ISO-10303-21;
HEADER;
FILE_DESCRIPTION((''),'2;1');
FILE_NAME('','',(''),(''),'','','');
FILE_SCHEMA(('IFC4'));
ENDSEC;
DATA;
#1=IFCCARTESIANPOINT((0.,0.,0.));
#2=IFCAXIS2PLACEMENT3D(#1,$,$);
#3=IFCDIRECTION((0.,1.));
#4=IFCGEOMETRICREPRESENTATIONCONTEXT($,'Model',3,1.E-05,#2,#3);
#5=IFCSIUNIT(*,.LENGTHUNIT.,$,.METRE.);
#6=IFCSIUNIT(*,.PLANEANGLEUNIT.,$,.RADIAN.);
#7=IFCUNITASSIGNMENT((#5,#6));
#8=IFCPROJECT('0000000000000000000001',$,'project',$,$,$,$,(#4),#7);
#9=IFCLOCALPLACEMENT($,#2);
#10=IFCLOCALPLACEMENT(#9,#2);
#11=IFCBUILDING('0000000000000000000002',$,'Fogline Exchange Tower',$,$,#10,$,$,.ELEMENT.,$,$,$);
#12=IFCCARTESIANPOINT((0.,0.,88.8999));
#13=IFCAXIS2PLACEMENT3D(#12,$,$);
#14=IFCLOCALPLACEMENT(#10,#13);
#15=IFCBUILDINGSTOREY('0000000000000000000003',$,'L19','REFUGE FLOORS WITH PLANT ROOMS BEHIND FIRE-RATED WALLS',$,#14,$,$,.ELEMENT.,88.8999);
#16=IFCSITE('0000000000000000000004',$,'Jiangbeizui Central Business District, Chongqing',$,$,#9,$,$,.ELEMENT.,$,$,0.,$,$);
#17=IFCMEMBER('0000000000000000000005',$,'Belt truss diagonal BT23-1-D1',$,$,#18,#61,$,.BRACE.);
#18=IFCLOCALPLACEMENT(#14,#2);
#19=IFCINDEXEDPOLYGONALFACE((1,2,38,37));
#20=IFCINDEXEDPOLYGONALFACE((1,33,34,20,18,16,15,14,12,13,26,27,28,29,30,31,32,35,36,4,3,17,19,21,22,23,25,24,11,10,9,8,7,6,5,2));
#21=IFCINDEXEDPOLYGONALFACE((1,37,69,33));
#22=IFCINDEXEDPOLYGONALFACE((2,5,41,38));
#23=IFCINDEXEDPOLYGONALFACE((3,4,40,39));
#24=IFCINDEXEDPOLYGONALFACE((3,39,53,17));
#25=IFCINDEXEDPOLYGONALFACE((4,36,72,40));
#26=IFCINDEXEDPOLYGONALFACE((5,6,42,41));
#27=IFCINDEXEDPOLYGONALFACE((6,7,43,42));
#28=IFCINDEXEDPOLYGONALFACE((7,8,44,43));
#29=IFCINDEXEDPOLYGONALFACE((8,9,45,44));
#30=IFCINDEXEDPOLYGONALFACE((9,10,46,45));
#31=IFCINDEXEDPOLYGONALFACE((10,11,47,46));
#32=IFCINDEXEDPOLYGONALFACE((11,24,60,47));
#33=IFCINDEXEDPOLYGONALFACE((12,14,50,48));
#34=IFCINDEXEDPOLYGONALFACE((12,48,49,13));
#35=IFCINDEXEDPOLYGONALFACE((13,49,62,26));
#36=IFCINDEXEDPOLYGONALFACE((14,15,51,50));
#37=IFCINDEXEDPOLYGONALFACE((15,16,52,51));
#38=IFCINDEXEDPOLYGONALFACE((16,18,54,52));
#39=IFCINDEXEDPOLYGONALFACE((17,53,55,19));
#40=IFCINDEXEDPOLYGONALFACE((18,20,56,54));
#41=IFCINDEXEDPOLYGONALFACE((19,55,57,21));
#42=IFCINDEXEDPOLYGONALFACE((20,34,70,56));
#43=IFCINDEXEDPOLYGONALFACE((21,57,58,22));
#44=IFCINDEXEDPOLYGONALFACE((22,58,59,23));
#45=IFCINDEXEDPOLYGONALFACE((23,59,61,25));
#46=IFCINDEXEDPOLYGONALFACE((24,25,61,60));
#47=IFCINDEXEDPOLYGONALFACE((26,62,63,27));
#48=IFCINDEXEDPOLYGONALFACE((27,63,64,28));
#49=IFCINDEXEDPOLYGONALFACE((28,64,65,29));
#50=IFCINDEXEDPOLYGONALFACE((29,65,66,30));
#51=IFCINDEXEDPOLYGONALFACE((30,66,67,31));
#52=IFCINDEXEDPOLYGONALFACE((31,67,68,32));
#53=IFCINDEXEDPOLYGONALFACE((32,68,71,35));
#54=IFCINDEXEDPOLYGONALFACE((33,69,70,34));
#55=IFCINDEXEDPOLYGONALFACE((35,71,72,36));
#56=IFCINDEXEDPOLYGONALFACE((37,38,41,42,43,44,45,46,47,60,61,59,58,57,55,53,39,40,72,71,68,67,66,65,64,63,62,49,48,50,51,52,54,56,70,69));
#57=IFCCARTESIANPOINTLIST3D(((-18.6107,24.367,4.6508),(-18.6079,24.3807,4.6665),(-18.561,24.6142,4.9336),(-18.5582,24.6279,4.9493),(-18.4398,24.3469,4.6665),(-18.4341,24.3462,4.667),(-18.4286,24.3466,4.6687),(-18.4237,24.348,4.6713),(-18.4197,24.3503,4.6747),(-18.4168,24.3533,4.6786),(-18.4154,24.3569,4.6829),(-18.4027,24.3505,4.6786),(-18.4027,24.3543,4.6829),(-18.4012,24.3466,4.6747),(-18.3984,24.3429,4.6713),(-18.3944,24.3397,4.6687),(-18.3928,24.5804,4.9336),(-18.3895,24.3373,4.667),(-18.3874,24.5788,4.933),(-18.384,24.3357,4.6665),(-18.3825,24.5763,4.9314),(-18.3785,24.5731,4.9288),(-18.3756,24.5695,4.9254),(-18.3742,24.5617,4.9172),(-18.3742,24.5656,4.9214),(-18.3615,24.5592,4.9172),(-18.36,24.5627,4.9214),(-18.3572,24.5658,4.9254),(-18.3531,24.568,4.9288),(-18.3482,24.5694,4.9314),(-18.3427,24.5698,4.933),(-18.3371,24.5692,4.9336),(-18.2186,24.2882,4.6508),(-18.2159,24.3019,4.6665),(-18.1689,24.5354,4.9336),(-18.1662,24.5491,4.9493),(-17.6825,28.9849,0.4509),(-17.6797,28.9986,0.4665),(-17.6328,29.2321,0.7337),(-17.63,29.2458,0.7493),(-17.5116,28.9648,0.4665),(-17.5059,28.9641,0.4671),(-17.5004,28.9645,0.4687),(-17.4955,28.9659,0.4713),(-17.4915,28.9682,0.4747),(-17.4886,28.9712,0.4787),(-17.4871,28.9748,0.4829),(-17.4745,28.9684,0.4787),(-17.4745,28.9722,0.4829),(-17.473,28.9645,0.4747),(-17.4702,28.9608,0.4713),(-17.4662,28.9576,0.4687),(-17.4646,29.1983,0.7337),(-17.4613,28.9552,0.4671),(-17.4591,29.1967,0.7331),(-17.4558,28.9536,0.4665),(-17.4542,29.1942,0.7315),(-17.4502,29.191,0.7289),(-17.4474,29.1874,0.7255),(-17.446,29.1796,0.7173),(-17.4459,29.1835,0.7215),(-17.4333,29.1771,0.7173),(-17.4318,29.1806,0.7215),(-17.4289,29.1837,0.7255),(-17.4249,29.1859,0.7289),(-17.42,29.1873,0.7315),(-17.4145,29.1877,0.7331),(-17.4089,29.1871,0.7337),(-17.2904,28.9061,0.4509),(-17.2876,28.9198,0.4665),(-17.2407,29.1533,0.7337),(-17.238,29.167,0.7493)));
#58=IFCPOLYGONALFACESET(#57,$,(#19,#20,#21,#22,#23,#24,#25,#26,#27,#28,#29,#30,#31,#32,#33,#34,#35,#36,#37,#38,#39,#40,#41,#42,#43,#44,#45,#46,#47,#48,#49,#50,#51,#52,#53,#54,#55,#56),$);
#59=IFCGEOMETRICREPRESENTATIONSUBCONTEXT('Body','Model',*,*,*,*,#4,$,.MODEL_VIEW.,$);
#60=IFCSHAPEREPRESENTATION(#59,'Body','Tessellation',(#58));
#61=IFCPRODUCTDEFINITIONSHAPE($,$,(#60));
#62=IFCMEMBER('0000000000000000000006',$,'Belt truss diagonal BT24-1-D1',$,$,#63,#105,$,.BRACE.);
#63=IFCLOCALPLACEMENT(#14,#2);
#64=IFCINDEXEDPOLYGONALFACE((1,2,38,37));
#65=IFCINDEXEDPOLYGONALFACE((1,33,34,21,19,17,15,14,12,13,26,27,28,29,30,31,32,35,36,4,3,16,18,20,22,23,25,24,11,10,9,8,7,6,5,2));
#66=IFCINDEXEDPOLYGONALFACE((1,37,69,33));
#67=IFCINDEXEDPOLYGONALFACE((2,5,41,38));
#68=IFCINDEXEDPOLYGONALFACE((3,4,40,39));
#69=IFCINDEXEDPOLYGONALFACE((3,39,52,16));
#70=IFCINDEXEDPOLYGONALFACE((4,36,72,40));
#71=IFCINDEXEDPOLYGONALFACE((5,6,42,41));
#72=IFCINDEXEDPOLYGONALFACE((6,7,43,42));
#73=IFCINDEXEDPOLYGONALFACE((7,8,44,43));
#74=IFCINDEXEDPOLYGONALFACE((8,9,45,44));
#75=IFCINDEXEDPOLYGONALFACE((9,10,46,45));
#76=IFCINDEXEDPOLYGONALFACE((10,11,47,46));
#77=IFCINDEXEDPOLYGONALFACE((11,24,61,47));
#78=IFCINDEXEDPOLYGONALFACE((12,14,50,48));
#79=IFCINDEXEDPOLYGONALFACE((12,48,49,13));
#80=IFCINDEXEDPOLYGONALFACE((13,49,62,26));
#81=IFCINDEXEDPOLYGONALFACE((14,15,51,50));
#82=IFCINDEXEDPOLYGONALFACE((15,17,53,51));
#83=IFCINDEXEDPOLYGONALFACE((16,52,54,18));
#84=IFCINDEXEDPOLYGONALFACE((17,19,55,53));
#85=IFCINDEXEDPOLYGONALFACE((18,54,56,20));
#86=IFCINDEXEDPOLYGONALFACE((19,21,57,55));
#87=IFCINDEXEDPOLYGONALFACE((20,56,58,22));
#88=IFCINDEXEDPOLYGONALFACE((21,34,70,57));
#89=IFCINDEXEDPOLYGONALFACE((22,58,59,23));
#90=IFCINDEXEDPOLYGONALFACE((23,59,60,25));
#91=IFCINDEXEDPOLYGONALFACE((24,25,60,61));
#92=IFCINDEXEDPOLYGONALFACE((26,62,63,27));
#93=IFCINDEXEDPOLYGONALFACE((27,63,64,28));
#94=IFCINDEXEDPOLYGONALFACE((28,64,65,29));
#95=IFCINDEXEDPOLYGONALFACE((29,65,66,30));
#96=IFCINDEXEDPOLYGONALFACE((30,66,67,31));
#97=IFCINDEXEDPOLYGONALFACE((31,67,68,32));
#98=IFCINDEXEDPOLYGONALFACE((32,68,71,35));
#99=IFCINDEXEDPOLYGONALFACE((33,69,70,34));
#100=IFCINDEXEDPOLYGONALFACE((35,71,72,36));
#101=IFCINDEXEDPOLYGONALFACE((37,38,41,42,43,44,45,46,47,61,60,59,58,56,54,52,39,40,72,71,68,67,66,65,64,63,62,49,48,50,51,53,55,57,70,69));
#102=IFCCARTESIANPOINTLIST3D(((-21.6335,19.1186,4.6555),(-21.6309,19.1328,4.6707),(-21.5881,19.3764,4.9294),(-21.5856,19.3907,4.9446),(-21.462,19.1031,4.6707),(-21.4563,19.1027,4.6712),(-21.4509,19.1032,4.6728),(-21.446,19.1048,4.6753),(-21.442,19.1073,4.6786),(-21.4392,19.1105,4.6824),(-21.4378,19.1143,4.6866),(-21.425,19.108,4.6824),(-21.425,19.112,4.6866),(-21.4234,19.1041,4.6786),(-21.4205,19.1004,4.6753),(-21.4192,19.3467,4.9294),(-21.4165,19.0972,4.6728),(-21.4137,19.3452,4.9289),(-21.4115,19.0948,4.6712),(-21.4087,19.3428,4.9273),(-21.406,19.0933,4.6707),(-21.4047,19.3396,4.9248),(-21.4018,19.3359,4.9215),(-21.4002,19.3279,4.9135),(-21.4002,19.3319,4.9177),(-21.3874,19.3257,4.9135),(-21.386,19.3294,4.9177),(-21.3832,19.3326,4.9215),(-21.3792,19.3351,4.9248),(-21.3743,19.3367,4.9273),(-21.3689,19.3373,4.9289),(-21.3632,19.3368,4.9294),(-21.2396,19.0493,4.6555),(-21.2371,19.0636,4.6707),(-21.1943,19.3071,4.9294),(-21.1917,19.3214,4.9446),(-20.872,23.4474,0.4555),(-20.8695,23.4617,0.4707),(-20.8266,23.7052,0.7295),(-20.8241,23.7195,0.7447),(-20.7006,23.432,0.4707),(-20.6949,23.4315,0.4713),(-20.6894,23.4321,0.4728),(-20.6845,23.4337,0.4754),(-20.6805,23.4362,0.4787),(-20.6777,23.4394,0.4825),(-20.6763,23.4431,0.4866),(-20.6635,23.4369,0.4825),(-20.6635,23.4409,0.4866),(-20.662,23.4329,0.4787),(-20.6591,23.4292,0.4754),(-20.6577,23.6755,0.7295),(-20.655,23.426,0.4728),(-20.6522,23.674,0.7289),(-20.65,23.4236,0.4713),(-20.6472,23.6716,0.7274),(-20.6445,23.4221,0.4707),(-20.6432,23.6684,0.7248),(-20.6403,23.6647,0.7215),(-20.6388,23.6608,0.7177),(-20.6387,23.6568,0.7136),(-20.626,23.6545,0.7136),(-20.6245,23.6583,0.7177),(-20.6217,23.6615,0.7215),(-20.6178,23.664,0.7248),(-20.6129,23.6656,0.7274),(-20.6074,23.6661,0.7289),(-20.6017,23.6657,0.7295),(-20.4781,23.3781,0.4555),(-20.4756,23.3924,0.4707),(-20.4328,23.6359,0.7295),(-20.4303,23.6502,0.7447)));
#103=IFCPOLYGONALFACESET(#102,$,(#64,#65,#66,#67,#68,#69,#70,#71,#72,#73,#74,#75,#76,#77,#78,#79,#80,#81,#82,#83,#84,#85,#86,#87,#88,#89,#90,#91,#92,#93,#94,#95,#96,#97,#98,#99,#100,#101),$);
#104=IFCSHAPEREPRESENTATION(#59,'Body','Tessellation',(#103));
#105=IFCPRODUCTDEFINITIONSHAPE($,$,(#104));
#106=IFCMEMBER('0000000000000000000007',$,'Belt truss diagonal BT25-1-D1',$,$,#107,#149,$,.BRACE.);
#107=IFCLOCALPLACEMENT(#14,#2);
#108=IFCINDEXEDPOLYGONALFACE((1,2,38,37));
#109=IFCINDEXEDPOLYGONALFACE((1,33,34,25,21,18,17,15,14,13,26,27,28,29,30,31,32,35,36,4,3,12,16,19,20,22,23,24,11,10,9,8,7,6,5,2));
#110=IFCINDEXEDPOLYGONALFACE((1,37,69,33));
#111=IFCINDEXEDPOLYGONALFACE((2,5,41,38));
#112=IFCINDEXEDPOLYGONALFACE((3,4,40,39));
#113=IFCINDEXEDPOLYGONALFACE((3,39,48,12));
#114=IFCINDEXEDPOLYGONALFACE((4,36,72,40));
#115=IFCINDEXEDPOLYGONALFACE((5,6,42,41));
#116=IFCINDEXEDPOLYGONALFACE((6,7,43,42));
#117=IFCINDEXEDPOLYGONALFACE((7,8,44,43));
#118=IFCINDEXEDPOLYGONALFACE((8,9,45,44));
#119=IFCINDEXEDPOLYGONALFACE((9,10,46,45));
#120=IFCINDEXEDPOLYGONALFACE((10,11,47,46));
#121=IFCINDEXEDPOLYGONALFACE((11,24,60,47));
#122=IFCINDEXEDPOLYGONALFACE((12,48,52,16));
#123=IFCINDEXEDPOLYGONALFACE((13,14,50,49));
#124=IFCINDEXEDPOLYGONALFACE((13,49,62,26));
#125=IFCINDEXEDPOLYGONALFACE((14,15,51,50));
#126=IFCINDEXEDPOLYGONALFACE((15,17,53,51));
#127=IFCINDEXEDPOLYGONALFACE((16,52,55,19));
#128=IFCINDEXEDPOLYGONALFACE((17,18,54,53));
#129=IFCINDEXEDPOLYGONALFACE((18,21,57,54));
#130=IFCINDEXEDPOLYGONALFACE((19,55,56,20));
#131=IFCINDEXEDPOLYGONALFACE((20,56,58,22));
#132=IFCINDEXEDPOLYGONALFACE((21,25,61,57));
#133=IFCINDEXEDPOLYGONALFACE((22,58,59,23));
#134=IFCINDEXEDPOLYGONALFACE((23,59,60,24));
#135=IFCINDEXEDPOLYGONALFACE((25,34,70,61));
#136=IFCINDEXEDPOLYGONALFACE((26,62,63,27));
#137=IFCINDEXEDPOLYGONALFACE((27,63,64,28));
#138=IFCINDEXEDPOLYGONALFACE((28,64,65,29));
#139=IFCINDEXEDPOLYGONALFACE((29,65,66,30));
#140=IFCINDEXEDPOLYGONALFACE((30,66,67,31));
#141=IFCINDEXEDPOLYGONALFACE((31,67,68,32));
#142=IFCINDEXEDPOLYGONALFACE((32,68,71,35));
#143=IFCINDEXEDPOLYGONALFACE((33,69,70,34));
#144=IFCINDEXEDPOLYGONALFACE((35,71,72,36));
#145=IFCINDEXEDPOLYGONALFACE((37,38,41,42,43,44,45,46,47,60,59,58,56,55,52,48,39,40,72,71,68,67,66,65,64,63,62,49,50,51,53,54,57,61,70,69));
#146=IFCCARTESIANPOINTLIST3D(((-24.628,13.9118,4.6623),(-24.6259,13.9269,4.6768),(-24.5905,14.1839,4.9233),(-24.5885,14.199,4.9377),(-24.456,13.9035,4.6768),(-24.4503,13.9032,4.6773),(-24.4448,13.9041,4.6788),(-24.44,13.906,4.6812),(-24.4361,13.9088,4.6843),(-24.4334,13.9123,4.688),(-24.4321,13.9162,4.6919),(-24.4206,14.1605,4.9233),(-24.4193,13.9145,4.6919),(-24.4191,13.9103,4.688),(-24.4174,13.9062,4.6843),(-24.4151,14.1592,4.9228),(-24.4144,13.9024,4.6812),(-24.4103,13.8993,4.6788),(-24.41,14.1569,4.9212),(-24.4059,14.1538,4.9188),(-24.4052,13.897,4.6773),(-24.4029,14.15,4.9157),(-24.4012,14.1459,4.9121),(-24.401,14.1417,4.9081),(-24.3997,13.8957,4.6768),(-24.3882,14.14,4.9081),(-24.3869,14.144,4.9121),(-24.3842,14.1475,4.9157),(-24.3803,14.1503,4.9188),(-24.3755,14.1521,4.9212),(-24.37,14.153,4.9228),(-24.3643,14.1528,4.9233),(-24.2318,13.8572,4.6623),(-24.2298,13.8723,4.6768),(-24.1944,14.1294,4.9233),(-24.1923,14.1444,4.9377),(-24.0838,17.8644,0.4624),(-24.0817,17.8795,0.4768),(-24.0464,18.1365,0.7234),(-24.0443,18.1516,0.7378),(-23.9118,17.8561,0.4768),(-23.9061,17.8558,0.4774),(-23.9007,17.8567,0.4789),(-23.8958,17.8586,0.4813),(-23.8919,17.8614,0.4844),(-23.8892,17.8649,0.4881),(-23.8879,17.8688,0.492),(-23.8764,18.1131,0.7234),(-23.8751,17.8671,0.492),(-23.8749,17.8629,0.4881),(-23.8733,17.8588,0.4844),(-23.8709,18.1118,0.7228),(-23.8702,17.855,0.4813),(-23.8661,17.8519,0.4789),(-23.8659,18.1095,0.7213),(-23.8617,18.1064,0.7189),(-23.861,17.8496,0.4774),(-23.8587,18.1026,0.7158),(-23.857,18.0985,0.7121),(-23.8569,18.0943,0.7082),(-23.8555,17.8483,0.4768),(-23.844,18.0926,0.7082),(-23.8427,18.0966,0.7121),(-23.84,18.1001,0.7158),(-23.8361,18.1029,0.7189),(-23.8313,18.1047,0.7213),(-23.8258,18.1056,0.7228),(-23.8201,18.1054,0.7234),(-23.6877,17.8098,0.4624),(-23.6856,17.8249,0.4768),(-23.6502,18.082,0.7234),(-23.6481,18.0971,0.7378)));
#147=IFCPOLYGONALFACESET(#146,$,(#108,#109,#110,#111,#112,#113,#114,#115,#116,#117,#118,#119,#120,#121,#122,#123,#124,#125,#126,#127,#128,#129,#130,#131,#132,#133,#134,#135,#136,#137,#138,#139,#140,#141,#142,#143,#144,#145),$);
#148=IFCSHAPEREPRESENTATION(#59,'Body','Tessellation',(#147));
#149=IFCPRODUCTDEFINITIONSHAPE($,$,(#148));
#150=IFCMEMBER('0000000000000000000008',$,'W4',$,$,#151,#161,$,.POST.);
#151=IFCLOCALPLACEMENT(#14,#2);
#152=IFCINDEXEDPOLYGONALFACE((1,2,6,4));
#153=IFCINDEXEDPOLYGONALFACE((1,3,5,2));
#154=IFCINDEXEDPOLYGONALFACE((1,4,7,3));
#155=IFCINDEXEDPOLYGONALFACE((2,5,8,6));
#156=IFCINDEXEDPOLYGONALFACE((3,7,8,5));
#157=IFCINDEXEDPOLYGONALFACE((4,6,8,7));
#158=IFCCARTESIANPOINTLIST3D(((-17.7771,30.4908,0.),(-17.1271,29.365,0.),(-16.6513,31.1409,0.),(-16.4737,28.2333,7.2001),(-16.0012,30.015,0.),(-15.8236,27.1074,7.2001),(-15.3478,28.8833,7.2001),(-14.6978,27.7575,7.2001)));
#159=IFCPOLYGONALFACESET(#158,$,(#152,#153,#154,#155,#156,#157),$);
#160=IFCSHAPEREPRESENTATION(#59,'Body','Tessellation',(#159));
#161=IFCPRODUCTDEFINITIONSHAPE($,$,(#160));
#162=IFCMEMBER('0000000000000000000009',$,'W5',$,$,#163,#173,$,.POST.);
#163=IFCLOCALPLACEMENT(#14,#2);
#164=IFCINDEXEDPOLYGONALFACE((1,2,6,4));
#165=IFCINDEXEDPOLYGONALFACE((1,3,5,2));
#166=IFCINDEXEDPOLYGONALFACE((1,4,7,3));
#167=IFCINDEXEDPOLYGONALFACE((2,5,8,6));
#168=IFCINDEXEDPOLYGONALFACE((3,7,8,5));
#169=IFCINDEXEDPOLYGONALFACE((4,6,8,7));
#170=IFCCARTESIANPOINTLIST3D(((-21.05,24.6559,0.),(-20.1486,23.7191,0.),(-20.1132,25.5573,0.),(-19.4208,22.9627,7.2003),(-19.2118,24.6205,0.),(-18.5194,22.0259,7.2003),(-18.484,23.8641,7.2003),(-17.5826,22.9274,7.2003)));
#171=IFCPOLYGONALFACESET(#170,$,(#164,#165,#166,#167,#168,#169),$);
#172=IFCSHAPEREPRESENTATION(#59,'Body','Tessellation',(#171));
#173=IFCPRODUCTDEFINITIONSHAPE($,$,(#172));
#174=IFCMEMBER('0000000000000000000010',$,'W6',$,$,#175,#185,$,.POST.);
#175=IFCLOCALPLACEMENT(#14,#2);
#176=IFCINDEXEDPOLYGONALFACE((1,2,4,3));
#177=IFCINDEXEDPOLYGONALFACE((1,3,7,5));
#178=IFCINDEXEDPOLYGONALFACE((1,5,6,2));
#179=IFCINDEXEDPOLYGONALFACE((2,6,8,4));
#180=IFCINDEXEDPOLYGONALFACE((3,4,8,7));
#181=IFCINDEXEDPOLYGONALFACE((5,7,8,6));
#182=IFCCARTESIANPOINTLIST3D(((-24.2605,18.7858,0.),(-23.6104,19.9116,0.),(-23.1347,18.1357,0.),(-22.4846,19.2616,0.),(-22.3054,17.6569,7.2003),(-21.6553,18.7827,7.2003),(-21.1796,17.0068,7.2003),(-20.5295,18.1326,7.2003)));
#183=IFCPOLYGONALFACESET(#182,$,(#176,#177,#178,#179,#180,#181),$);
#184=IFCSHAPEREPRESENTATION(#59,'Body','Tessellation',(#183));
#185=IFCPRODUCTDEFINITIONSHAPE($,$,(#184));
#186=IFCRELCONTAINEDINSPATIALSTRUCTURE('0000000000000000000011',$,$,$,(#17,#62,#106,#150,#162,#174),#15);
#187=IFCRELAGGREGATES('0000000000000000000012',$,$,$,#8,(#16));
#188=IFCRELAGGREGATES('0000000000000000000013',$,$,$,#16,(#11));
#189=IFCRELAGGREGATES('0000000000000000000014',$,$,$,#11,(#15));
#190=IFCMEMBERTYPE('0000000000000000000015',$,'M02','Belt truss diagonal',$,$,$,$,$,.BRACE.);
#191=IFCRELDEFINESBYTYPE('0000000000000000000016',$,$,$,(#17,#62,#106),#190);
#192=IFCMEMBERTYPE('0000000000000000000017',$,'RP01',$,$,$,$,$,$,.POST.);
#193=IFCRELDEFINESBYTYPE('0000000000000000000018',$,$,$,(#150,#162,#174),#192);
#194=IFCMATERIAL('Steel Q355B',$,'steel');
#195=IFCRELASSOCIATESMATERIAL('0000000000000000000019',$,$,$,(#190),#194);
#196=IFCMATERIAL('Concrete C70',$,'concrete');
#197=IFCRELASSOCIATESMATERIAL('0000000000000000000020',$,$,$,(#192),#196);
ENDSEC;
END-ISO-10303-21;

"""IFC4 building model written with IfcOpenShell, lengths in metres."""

from ifc_helpers import new_model, si_unit, direction, frame, origin, origin_2d, place, context, subcontext, project, spatial, rectangle, i_section, extrude, material, material_profile, profile_set, type_object, element, save


model = new_model("IFC4")

# Units and contexts
model_context = context("Model", 3, precision=1e-05, world=origin(), true_north=direction((0.0, 1.0)))
body_context = subcontext(model_context, "Body", "Model", "MODEL_VIEW")
ifc_project = project(units=[si_unit("LENGTHUNIT", "METRE"), si_unit("PLANEANGLEUNIT", "RADIAN")], contexts=[model_context])

# Site, building, storey
site_placement = place(None, origin())
site = spatial("IfcSite", under=ifc_project, at=site_placement, Name="Jiangbeizui Central Business District, Chongqing", CompositionType="ELEMENT", RefElevation=0.0)
building_placement = place(site_placement, origin())
building = spatial("IfcBuilding", under=site, at=building_placement, Name="Fogline Exchange Tower", CompositionType="ELEMENT")
storey_placement = place(building_placement, frame((0.0, 0.0, 88.8999)))
storey = spatial("IfcBuildingStorey", under=building, at=storey_placement, Name="L19", Description="REFUGE FLOORS WITH PLANT ROOMS BEHIND FIRE-RATED WALLS", CompositionType="ELEMENT", Elevation=88.8999)

# Members
ifc_material_1 = material(Name="Steel Q355B", Category="steel")
ifc_material_profile_1 = material_profile(ifc_material_1, i_section(OverallWidth=0.3999, OverallDepth=0.3999, WebThickness=0.0129, FlangeThickness=0.021, FilletRadius=0.022, at=origin_2d()), Name="HW400X400X13X21")
ifc_profile_set_1 = profile_set([ifc_material_profile_1], Name="Steel Q355B")
member_type_1 = type_object("IfcMemberType", Name="M02", Description="Belt truss diagonal", PredefinedType="BRACE", material=ifc_profile_set_1)
member_1_placement = place(storey_placement, frame((-17.4602, 29.0759, 0.6001), z_axis=(-0.147084, -0.731747, 0.665517), x_axis=(0.980391, -0.197063, 0.0)))
element("IfcMember", 1, at=member_1_placement, inside=storey, type_object=member_type_1, Name="Belt truss diagonal BT23-1-D1", PredefinedType="BRACE", context=body_context, shape_type="SweptSolid", body=[
    extrude(i_section(OverallWidth=0.3999, OverallDepth=0.3999, WebThickness=0.0129, FlangeThickness=0.021, FilletRadius=0.022, at=origin_2d()), origin(), (0.0, 0.0, 1.0), 6.3108),
])
member_2_placement = place(storey_placement, frame((-20.6511, 23.5488, 0.6001), z_axis=(-0.125256, -0.71206, 0.690856), x_axis=(0.984878, -0.173247, 0.0)))
element("IfcMember", 2, at=member_2_placement, inside=storey, type_object=member_type_1, Name="Belt truss diagonal BT24-1-D1", PredefinedType="BRACE", context=body_context, shape_type="SweptSolid", body=[
    extrude(i_section(OverallWidth=0.3999, OverallDepth=0.3999, WebThickness=0.0129, FlangeThickness=0.021, FilletRadius=0.022, at=origin_2d()), origin(), (0.0, 0.0, 1.0), 6.0793),
])
member_3_placement = place(storey_placement, frame((-23.866, 17.9807, 0.6001), z_axis=(-0.093939, -0.68231, 0.725002), x_axis=(0.990655, -0.136391, 0.0)))
element("IfcMember", 3, at=member_3_placement, inside=storey, type_object=member_type_1, Name="Belt truss diagonal BT25-1-D1", PredefinedType="BRACE", context=body_context, shape_type="SweptSolid", body=[
    extrude(i_section(OverallWidth=0.3999, OverallDepth=0.3999, WebThickness=0.0129, FlangeThickness=0.021, FilletRadius=0.022, at=origin_2d()), origin(), (0.0, 0.0, 1.0), 5.793),
])
ifc_material_2 = material(Name="Concrete C70", Category="concrete")
ifc_material_profile_2 = material_profile(ifc_material_2, rectangle(XDim=1.3, YDim=1.3, at=origin_2d()), Name="RC 1300x1300")
ifc_profile_set_2 = profile_set([ifc_material_profile_2], Name="Concrete C70")
member_type_2 = type_object("IfcMemberType", Name="RP01", PredefinedType="POST", material=ifc_profile_set_2)
member_4_placement = place(storey_placement, frame((-16.8892, 30.2529, 0.0), z_axis=(0.0, 0.0, 1.0), x_axis=(0.866016, 0.500017, 0.0)))
element("IfcMember", 4, at=member_4_placement, inside=storey, type_object=member_type_2, Name="W4", PredefinedType="POST", context=body_context, shape_type="SweptSolid", body=[
    extrude(rectangle(XDim=1.3, YDim=1.3, at=origin_2d()), origin(), (0.0, -0.340427, 0.940271), 7.6575),
])
member_5_placement = place(storey_placement, frame((-20.1309, 24.6382, 0.0), z_axis=(0.0, 0.0, 1.0), x_axis=(0.720587, 0.693364, 0.0)))
element("IfcMember", 5, at=member_5_placement, inside=storey, type_object=member_type_2, Name="W5", PredefinedType="POST", context=body_context, shape_type="SweptSolid", body=[
    extrude(rectangle(XDim=1.3, YDim=1.3, at=origin_2d()), origin(), (0.0, -0.310229, 0.950662), 7.574),
])
member_6_placement = place(storey_placement, frame((-23.3726, 19.0237, 0.0), z_axis=(0.0, 0.0, 1.0), x_axis=(0.500047, 0.865998, 0.0)))
element("IfcMember", 6, at=member_6_placement, inside=storey, type_object=member_type_2, Name="W6", PredefinedType="POST", context=body_context, shape_type="SweptSolid", body=[
    extrude(rectangle(XDim=1.3, YDim=1.3, at=origin_2d()), origin(), (0.0, -0.299185, 0.954195), 7.5459),
])

save(model, "model.ifc")
